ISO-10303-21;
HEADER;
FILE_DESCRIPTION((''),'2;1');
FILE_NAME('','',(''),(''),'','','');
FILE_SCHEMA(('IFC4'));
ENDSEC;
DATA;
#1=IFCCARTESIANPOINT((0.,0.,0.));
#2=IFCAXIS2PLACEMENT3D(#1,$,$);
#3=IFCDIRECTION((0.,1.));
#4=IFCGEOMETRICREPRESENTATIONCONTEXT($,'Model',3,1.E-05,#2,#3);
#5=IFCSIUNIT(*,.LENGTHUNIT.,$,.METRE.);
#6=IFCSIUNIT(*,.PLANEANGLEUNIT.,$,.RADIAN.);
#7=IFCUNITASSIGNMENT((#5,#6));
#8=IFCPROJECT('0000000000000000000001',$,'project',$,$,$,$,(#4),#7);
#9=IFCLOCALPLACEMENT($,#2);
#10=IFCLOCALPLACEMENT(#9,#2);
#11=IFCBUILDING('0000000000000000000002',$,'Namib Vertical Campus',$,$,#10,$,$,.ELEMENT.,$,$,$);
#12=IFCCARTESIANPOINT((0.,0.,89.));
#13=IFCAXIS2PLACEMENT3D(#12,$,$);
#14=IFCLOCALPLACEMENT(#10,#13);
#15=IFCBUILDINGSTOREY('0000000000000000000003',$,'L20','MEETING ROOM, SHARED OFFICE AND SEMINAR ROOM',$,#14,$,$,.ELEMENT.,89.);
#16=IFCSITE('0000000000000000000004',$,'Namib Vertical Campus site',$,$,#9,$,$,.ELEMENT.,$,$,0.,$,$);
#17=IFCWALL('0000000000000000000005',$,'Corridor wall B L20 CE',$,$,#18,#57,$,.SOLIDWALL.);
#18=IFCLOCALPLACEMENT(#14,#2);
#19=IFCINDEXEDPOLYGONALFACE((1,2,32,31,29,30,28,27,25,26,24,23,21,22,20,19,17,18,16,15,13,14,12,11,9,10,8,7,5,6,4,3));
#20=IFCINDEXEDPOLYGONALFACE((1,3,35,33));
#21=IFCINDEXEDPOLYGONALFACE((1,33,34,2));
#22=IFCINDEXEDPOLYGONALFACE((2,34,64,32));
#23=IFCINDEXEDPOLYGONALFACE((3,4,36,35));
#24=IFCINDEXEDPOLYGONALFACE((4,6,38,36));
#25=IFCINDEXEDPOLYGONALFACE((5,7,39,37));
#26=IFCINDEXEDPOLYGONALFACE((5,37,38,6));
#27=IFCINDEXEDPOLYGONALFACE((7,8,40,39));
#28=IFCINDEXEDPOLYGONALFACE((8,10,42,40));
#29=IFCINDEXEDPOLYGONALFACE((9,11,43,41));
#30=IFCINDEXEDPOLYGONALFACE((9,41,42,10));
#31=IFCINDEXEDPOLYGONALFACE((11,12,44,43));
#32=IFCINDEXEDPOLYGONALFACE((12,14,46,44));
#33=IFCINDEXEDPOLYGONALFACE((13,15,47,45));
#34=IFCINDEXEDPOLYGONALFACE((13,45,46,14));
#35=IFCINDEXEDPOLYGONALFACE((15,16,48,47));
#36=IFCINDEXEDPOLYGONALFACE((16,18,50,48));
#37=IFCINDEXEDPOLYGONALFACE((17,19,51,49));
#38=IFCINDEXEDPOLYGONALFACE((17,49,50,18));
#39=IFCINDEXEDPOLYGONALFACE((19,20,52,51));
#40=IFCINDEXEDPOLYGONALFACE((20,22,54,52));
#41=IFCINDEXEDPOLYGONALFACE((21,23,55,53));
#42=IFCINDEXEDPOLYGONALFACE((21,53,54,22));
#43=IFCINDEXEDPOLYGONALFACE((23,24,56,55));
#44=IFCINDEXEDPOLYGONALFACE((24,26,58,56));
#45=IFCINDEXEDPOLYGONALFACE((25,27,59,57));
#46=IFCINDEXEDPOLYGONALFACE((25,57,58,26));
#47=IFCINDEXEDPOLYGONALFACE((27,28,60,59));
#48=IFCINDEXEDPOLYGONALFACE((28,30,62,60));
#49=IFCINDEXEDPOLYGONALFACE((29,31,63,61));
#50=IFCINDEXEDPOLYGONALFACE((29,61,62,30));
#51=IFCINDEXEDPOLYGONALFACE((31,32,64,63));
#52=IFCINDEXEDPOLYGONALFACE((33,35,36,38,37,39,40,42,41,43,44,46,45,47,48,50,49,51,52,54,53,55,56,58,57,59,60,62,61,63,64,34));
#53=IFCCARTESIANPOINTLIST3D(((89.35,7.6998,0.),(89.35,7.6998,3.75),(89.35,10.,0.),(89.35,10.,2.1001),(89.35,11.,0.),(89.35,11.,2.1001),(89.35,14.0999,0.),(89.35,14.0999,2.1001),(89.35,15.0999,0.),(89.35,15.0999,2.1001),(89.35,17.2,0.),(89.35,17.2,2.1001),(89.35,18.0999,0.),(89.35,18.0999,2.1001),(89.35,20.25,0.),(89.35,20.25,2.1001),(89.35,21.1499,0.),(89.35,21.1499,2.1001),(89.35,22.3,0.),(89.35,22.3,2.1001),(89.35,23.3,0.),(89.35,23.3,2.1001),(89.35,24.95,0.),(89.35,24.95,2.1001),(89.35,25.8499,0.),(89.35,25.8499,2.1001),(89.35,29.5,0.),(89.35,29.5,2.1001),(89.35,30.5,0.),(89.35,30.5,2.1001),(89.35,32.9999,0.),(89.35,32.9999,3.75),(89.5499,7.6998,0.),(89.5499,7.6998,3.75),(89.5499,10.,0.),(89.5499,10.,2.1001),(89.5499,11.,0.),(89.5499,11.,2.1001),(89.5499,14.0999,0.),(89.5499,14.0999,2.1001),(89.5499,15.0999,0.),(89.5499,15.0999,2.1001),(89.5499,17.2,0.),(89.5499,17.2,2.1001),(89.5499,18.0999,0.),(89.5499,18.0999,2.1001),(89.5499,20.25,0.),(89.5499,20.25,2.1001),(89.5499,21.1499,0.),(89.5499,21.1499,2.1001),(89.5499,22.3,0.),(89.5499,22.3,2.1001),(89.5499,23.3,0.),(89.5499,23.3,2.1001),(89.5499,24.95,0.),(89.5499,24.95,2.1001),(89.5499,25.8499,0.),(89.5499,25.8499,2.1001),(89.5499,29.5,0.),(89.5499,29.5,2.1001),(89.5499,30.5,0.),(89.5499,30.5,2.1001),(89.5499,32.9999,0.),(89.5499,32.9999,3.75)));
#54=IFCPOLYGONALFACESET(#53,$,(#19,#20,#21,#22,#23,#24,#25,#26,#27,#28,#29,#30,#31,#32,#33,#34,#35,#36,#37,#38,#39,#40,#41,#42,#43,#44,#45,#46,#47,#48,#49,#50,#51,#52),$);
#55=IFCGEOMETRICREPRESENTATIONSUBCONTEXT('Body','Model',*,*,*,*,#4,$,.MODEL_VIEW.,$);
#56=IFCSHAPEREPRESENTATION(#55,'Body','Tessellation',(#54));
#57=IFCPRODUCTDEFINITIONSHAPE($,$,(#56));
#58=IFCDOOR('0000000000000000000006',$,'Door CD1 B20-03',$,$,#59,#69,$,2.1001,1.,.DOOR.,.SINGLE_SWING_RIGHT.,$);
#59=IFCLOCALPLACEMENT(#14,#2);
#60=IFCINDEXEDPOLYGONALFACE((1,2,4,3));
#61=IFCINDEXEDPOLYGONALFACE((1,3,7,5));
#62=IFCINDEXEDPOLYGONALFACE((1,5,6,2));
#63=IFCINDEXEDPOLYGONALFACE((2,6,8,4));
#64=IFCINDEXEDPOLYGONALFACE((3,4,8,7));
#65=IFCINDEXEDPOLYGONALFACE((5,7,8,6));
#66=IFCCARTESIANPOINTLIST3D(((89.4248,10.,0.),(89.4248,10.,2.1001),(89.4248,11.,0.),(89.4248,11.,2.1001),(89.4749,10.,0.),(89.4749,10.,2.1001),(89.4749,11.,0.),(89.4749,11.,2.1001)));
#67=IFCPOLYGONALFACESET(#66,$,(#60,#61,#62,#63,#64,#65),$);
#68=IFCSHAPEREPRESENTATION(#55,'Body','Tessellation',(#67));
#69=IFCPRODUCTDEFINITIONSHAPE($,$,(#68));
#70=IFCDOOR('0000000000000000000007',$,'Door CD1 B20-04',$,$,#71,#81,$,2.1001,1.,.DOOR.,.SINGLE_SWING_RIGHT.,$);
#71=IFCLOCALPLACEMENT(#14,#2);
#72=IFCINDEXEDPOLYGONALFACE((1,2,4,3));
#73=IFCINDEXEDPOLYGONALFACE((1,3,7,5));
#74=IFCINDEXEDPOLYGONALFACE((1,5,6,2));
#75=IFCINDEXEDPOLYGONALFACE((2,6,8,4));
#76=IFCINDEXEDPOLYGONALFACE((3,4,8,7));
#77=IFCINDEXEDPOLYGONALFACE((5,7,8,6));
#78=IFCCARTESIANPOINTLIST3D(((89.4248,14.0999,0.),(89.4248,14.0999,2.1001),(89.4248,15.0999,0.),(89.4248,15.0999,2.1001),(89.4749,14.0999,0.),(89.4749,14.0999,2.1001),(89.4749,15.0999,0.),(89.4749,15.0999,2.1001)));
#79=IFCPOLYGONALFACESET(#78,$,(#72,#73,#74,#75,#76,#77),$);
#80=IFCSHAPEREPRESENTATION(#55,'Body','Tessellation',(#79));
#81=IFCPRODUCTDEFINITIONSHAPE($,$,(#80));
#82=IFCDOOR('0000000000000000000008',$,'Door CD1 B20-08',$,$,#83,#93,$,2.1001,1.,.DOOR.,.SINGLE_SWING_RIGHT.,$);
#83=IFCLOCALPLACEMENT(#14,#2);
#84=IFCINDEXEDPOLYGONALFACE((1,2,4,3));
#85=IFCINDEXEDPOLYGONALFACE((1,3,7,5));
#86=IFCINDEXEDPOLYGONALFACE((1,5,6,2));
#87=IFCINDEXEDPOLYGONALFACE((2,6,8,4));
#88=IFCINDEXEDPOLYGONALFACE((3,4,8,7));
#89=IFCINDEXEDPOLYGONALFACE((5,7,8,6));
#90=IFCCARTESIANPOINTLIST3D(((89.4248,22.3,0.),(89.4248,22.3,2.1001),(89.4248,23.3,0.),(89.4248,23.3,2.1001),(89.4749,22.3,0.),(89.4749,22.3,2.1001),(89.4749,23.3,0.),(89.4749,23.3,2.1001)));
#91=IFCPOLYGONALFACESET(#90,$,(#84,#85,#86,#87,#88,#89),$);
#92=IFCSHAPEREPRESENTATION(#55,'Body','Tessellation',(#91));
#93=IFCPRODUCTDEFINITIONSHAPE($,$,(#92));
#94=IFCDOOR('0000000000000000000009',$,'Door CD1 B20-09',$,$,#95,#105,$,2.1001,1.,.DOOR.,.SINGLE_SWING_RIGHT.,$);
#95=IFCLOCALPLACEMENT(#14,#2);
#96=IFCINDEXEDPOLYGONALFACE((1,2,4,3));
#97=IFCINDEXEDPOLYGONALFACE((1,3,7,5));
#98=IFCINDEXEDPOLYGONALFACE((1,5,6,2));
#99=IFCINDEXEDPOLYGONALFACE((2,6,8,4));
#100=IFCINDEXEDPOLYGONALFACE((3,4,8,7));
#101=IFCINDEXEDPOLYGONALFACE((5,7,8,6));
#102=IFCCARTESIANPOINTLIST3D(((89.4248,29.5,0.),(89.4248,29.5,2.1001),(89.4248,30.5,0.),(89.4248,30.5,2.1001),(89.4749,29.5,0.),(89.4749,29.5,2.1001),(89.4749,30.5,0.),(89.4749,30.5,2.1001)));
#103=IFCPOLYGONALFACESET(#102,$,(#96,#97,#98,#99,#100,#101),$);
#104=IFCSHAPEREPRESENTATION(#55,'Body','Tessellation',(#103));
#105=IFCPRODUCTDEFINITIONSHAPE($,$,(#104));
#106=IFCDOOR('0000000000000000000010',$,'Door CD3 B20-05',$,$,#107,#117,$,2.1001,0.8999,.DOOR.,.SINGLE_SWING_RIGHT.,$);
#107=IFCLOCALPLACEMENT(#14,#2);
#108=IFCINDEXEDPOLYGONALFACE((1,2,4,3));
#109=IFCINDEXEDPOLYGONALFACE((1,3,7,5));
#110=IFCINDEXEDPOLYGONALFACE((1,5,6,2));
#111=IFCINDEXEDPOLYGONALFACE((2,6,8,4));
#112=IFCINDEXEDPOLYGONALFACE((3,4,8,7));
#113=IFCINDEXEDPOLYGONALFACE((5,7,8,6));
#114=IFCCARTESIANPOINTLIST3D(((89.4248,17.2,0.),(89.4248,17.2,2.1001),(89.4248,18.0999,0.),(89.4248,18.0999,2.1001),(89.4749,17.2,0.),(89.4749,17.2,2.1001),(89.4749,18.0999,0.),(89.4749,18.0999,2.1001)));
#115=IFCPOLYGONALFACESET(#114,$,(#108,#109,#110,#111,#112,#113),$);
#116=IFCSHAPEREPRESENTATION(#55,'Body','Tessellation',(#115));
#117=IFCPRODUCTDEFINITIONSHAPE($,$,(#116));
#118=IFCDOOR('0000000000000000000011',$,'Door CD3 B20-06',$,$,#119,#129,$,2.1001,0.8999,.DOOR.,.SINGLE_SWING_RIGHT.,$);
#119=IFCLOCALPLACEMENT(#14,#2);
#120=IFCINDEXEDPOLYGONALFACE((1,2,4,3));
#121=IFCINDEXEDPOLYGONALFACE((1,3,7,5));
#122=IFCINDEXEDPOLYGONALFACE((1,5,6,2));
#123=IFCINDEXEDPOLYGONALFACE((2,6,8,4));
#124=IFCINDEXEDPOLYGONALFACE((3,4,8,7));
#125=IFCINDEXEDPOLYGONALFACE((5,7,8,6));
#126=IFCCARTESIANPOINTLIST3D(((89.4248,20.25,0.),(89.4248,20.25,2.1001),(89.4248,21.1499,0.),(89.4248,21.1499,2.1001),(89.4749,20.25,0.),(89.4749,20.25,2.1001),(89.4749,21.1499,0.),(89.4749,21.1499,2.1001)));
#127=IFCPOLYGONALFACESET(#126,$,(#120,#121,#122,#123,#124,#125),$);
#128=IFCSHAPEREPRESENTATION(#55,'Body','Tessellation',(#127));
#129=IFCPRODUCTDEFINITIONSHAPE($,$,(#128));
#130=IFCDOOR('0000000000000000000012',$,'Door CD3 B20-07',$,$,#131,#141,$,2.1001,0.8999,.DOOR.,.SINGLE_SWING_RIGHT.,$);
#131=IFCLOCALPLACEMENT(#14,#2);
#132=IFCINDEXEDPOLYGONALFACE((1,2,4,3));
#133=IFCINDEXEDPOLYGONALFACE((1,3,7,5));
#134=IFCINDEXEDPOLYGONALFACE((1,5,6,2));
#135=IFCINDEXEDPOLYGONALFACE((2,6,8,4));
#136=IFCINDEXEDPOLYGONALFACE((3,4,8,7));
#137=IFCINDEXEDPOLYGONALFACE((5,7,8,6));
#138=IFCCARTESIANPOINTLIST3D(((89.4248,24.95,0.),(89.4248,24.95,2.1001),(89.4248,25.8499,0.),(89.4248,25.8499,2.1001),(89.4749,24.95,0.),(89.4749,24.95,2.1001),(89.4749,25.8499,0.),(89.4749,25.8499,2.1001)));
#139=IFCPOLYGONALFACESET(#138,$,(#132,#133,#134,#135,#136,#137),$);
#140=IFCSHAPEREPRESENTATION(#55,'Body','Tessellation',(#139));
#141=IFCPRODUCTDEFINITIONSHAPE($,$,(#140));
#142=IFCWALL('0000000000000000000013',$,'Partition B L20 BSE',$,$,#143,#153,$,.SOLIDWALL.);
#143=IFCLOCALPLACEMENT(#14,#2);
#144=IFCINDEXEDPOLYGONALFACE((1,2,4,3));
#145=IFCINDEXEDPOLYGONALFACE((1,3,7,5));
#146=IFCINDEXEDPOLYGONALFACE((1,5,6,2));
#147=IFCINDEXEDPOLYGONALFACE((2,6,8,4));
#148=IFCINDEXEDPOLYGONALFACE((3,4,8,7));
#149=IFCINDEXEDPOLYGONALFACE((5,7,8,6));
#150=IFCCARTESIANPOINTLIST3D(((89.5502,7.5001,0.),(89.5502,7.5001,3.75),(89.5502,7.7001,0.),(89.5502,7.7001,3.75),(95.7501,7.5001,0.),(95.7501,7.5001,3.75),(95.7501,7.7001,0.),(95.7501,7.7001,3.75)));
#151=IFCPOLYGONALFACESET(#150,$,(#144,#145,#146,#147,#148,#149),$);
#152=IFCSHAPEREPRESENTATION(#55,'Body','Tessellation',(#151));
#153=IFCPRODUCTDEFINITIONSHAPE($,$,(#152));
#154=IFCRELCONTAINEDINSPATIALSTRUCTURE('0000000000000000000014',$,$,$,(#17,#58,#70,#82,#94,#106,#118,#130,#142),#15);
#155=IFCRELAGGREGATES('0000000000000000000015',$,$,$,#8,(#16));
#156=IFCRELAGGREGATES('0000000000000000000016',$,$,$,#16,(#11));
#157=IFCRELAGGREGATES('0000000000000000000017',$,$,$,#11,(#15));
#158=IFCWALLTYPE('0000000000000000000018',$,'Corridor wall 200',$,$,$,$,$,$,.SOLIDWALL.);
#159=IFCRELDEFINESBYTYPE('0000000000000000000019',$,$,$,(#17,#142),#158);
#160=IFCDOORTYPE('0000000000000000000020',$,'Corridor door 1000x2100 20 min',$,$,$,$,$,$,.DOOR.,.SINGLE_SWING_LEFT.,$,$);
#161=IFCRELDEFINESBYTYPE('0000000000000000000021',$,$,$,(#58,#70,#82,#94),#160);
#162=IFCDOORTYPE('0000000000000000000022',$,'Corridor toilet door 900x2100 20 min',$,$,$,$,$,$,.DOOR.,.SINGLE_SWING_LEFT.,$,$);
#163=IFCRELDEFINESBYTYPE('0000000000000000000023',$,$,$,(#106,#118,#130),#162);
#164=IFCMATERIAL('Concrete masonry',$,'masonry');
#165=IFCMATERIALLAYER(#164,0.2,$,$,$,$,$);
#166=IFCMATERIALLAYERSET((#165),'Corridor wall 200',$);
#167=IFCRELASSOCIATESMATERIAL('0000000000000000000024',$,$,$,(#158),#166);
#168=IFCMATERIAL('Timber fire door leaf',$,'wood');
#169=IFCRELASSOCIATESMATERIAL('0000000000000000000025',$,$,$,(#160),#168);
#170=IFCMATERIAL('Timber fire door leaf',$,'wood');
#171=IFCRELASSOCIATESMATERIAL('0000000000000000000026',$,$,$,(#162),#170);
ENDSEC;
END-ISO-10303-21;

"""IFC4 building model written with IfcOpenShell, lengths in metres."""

from ifc_helpers import new_model, si_unit, direction, frame, frame_2d, origin, place, context, subcontext, project, spatial, rectangle, extrude, material, layer, layer_set, type_object, element, fill, save


model = new_model("IFC4")

# Units and contexts
model_context = context("Model", 3, precision=1e-05, world=origin(), true_north=direction((0.0, 1.0)))
body_context = subcontext(model_context, "Body", "Model", "MODEL_VIEW")
ifc_project = project(units=[si_unit("LENGTHUNIT", "METRE"), si_unit("PLANEANGLEUNIT", "RADIAN")], contexts=[model_context])

# Site, building, storey
site_placement = place(None, origin())
site = spatial("IfcSite", under=ifc_project, at=site_placement, Name="Namib Vertical Campus site", CompositionType="ELEMENT", RefElevation=0.0)
building_placement = place(site_placement, origin())
building = spatial("IfcBuilding", under=site, at=building_placement, Name="Namib Vertical Campus", CompositionType="ELEMENT")
storey_placement = place(building_placement, frame((0.0, 0.0, 89.0)))
storey = spatial("IfcBuildingStorey", under=building, at=storey_placement, Name="L20", Description="MEETING ROOM, SHARED OFFICE AND SEMINAR ROOM", CompositionType="ELEMENT", Elevation=89.0)

# Wall, openings, doors
ifc_material_1 = material(Name="Concrete masonry", Category="masonry")
ifc_layer_1 = layer(ifc_material_1, 0.2)
ifc_layer_set_1 = layer_set([ifc_layer_1], Name="Corridor wall 200")
wall_type_1 = type_object("IfcWallType", Name="Corridor wall 200", PredefinedType="SOLIDWALL", material=ifc_layer_set_1)
wall_1_placement = place(storey_placement, frame((89.45, 7.7, 0.0), z_axis=(0.0, 0.0, 1.0), x_axis=(0.0, 1.0, 0.0)))
wall_1 = element("IfcWall", 1, at=wall_1_placement, inside=storey, type_object=wall_type_1, Name="Corridor wall B L20 CE", PredefinedType="SOLIDWALL", context=body_context, shape_type="SweptSolid", body=[
    extrude(rectangle(XDim=25.3, YDim=0.2, at=frame_2d((12.6499, 0.0))), origin(), (0.0, 0.0, 1.0), 3.75),
])
opening_1_placement = place(wall_1_placement, frame((2.3, 0.0, 0.0)))
opening_1 = element("IfcOpeningElement", 2, at=opening_1_placement, cuts=wall_1, PredefinedType="OPENING", context=body_context, shape_type="SweptSolid", body=[
    extrude(rectangle(XDim=1.0, YDim=2.1001, at=frame_2d((0.5, 1.05))), frame((0.0, 0.1099, 0.0), z_axis=(0.0, -1.0, 0.0), x_axis=(1.0, 0.0, 0.0)), (0.0, 0.0, 1.0), 0.22),
])
opening_2_placement = place(wall_1_placement, frame((6.3999, 0.0, 0.0)))
opening_2 = element("IfcOpeningElement", 3, at=opening_2_placement, cuts=wall_1, PredefinedType="OPENING", context=body_context, shape_type="SweptSolid", body=[
    extrude(rectangle(XDim=1.0, YDim=2.1001, at=frame_2d((0.5, 1.05))), frame((0.0, 0.1099, 0.0), z_axis=(0.0, -1.0, 0.0), x_axis=(1.0, 0.0, 0.0)), (0.0, 0.0, 1.0), 0.22),
])
opening_3_placement = place(wall_1_placement, frame((9.5, 0.0, 0.0)))
opening_3 = element("IfcOpeningElement", 4, at=opening_3_placement, cuts=wall_1, PredefinedType="OPENING", context=body_context, shape_type="SweptSolid", body=[
    extrude(rectangle(XDim=0.8999, YDim=2.1001, at=frame_2d((0.45, 1.05))), frame((0.0, 0.1099, 0.0), z_axis=(0.0, -1.0, 0.0), x_axis=(1.0, 0.0, 0.0)), (0.0, 0.0, 1.0), 0.22),
])
opening_4_placement = place(wall_1_placement, frame((12.55, 0.0, 0.0)))
opening_4 = element("IfcOpeningElement", 5, at=opening_4_placement, cuts=wall_1, PredefinedType="OPENING", context=body_context, shape_type="SweptSolid", body=[
    extrude(rectangle(XDim=0.8999, YDim=2.1001, at=frame_2d((0.45, 1.05))), frame((0.0, 0.1099, 0.0), z_axis=(0.0, -1.0, 0.0), x_axis=(1.0, 0.0, 0.0)), (0.0, 0.0, 1.0), 0.22),
])
opening_5_placement = place(wall_1_placement, frame((17.25, 0.0, 0.0)))
opening_5 = element("IfcOpeningElement", 6, at=opening_5_placement, cuts=wall_1, PredefinedType="OPENING", context=body_context, shape_type="SweptSolid", body=[
    extrude(rectangle(XDim=0.8999, YDim=2.1001, at=frame_2d((0.45, 1.05))), frame((0.0, 0.1099, 0.0), z_axis=(0.0, -1.0, 0.0), x_axis=(1.0, 0.0, 0.0)), (0.0, 0.0, 1.0), 0.22),
])
opening_6_placement = place(wall_1_placement, frame((14.6001, 0.0, 0.0)))
opening_6 = element("IfcOpeningElement", 7, at=opening_6_placement, cuts=wall_1, PredefinedType="OPENING", context=body_context, shape_type="SweptSolid", body=[
    extrude(rectangle(XDim=1.0, YDim=2.1001, at=frame_2d((0.5, 1.05))), frame((0.0, 0.1099, 0.0), z_axis=(0.0, -1.0, 0.0), x_axis=(1.0, 0.0, 0.0)), (0.0, 0.0, 1.0), 0.22),
])
opening_7_placement = place(wall_1_placement, frame((21.8, 0.0, 0.0)))
opening_7 = element("IfcOpeningElement", 8, at=opening_7_placement, cuts=wall_1, PredefinedType="OPENING", context=body_context, shape_type="SweptSolid", body=[
    extrude(rectangle(XDim=1.0, YDim=2.1001, at=frame_2d((0.5, 1.05))), frame((0.0, 0.1099, 0.0), z_axis=(0.0, -1.0, 0.0), x_axis=(1.0, 0.0, 0.0)), (0.0, 0.0, 1.0), 0.22),
])
ifc_material_2 = material(Name="Timber fire door leaf", Category="wood")
door_type_1 = type_object("IfcDoorType", Name="Corridor door 1000x2100 20 min", OperationType="SINGLE_SWING_LEFT", PredefinedType="DOOR", material=ifc_material_2)
door_1_placement = place(opening_1_placement, frame((1.0, 0.0, 0.0), z_axis=(0.0, 0.0, 1.0), x_axis=(-1.0, 0.0, 0.0)))
door_1 = element("IfcDoor", 9, at=door_1_placement, inside=storey, type_object=door_type_1, Name="Door CD1 B20-03", OperationType="SINGLE_SWING_RIGHT", OverallHeight=2.1001, OverallWidth=1.0, PredefinedType="DOOR", context=body_context, shape_type="SweptSolid", body=[
    extrude(rectangle(XDim=1.0, YDim=2.1001, at=frame_2d((0.5, 1.05))), frame((0.0, 0.0249, 0.0), z_axis=(0.0, -1.0, 0.0), x_axis=(1.0, 0.0, 0.0)), (0.0, 0.0, 1.0), 0.05),
])
fill(opening_1, door_1)
door_2_placement = place(opening_2_placement, frame((1.0, 0.0, 0.0), z_axis=(0.0, 0.0, 1.0), x_axis=(-1.0, 0.0, 0.0)))
door_2 = element("IfcDoor", 10, at=door_2_placement, inside=storey, type_object=door_type_1, Name="Door CD1 B20-04", OperationType="SINGLE_SWING_RIGHT", OverallHeight=2.1001, OverallWidth=1.0, PredefinedType="DOOR", context=body_context, shape_type="SweptSolid", body=[
    extrude(rectangle(XDim=1.0, YDim=2.1001, at=frame_2d((0.5, 1.05))), frame((0.0, 0.0249, 0.0), z_axis=(0.0, -1.0, 0.0), x_axis=(1.0, 0.0, 0.0)), (0.0, 0.0, 1.0), 0.05),
])
fill(opening_2, door_2)
door_3_placement = place(opening_6_placement, frame((1.0, 0.0, 0.0), z_axis=(0.0, 0.0, 1.0), x_axis=(-1.0, 0.0, 0.0)))
door_3 = element("IfcDoor", 11, at=door_3_placement, inside=storey, type_object=door_type_1, Name="Door CD1 B20-08", OperationType="SINGLE_SWING_RIGHT", OverallHeight=2.1001, OverallWidth=1.0, PredefinedType="DOOR", context=body_context, shape_type="SweptSolid", body=[
    extrude(rectangle(XDim=1.0, YDim=2.1001, at=frame_2d((0.5, 1.05))), frame((0.0, 0.0249, 0.0), z_axis=(0.0, -1.0, 0.0), x_axis=(1.0, 0.0, 0.0)), (0.0, 0.0, 1.0), 0.05),
])
fill(opening_6, door_3)
door_4_placement = place(opening_7_placement, frame((1.0, 0.0, 0.0), z_axis=(0.0, 0.0, 1.0), x_axis=(-1.0, 0.0, 0.0)))
door_4 = element("IfcDoor", 12, at=door_4_placement, inside=storey, type_object=door_type_1, Name="Door CD1 B20-09", OperationType="SINGLE_SWING_RIGHT", OverallHeight=2.1001, OverallWidth=1.0, PredefinedType="DOOR", context=body_context, shape_type="SweptSolid", body=[
    extrude(rectangle(XDim=1.0, YDim=2.1001, at=frame_2d((0.5, 1.05))), frame((0.0, 0.0249, 0.0), z_axis=(0.0, -1.0, 0.0), x_axis=(1.0, 0.0, 0.0)), (0.0, 0.0, 1.0), 0.05),
])
fill(opening_7, door_4)
ifc_material_3 = material(Name="Timber fire door leaf", Category="wood")
door_type_2 = type_object("IfcDoorType", Name="Corridor toilet door 900x2100 20 min", OperationType="SINGLE_SWING_LEFT", PredefinedType="DOOR", material=ifc_material_3)
door_5_placement = place(opening_3_placement, frame((0.8999, 0.0, 0.0), z_axis=(0.0, 0.0, 1.0), x_axis=(-1.0, 0.0, 0.0)))
door_5 = element("IfcDoor", 13, at=door_5_placement, inside=storey, type_object=door_type_2, Name="Door CD3 B20-05", OperationType="SINGLE_SWING_RIGHT", OverallHeight=2.1001, OverallWidth=0.8999, PredefinedType="DOOR", context=body_context, shape_type="SweptSolid", body=[
    extrude(rectangle(XDim=0.8999, YDim=2.1001, at=frame_2d((0.45, 1.05))), frame((0.0, 0.0249, 0.0), z_axis=(0.0, -1.0, 0.0), x_axis=(1.0, 0.0, 0.0)), (0.0, 0.0, 1.0), 0.05),
])
fill(opening_3, door_5)
door_6_placement = place(opening_4_placement, frame((0.8999, 0.0, 0.0), z_axis=(0.0, 0.0, 1.0), x_axis=(-1.0, 0.0, 0.0)))
door_6 = element("IfcDoor", 14, at=door_6_placement, inside=storey, type_object=door_type_2, Name="Door CD3 B20-06", OperationType="SINGLE_SWING_RIGHT", OverallHeight=2.1001, OverallWidth=0.8999, PredefinedType="DOOR", context=body_context, shape_type="SweptSolid", body=[
    extrude(rectangle(XDim=0.8999, YDim=2.1001, at=frame_2d((0.45, 1.05))), frame((0.0, 0.0249, 0.0), z_axis=(0.0, -1.0, 0.0), x_axis=(1.0, 0.0, 0.0)), (0.0, 0.0, 1.0), 0.05),
])
fill(opening_4, door_6)
door_7_placement = place(opening_5_placement, frame((0.8999, 0.0, 0.0), z_axis=(0.0, 0.0, 1.0), x_axis=(-1.0, 0.0, 0.0)))
door_7 = element("IfcDoor", 15, at=door_7_placement, inside=storey, type_object=door_type_2, Name="Door CD3 B20-07", OperationType="SINGLE_SWING_RIGHT", OverallHeight=2.1001, OverallWidth=0.8999, PredefinedType="DOOR", context=body_context, shape_type="SweptSolid", body=[
    extrude(rectangle(XDim=0.8999, YDim=2.1001, at=frame_2d((0.45, 1.05))), frame((0.0, 0.0249, 0.0), z_axis=(0.0, -1.0, 0.0), x_axis=(1.0, 0.0, 0.0)), (0.0, 0.0, 1.0), 0.05),
])
fill(opening_5, door_7)

# Wall
wall_2_placement = place(storey_placement, frame((89.55, 7.6001, 0.0), z_axis=(0.0, 0.0, 1.0), x_axis=(1.0, 0.0, 0.0)))
element("IfcWall", 16, at=wall_2_placement, inside=storey, type_object=wall_type_1, Name="Partition B L20 BSE", PredefinedType="SOLIDWALL", context=body_context, shape_type="SweptSolid", body=[
    extrude(rectangle(XDim=6.2, YDim=0.2, at=frame_2d((3.1001, 0.0))), origin(), (0.0, 0.0, 1.0), 3.75),
])

save(model, "model.ifc")
